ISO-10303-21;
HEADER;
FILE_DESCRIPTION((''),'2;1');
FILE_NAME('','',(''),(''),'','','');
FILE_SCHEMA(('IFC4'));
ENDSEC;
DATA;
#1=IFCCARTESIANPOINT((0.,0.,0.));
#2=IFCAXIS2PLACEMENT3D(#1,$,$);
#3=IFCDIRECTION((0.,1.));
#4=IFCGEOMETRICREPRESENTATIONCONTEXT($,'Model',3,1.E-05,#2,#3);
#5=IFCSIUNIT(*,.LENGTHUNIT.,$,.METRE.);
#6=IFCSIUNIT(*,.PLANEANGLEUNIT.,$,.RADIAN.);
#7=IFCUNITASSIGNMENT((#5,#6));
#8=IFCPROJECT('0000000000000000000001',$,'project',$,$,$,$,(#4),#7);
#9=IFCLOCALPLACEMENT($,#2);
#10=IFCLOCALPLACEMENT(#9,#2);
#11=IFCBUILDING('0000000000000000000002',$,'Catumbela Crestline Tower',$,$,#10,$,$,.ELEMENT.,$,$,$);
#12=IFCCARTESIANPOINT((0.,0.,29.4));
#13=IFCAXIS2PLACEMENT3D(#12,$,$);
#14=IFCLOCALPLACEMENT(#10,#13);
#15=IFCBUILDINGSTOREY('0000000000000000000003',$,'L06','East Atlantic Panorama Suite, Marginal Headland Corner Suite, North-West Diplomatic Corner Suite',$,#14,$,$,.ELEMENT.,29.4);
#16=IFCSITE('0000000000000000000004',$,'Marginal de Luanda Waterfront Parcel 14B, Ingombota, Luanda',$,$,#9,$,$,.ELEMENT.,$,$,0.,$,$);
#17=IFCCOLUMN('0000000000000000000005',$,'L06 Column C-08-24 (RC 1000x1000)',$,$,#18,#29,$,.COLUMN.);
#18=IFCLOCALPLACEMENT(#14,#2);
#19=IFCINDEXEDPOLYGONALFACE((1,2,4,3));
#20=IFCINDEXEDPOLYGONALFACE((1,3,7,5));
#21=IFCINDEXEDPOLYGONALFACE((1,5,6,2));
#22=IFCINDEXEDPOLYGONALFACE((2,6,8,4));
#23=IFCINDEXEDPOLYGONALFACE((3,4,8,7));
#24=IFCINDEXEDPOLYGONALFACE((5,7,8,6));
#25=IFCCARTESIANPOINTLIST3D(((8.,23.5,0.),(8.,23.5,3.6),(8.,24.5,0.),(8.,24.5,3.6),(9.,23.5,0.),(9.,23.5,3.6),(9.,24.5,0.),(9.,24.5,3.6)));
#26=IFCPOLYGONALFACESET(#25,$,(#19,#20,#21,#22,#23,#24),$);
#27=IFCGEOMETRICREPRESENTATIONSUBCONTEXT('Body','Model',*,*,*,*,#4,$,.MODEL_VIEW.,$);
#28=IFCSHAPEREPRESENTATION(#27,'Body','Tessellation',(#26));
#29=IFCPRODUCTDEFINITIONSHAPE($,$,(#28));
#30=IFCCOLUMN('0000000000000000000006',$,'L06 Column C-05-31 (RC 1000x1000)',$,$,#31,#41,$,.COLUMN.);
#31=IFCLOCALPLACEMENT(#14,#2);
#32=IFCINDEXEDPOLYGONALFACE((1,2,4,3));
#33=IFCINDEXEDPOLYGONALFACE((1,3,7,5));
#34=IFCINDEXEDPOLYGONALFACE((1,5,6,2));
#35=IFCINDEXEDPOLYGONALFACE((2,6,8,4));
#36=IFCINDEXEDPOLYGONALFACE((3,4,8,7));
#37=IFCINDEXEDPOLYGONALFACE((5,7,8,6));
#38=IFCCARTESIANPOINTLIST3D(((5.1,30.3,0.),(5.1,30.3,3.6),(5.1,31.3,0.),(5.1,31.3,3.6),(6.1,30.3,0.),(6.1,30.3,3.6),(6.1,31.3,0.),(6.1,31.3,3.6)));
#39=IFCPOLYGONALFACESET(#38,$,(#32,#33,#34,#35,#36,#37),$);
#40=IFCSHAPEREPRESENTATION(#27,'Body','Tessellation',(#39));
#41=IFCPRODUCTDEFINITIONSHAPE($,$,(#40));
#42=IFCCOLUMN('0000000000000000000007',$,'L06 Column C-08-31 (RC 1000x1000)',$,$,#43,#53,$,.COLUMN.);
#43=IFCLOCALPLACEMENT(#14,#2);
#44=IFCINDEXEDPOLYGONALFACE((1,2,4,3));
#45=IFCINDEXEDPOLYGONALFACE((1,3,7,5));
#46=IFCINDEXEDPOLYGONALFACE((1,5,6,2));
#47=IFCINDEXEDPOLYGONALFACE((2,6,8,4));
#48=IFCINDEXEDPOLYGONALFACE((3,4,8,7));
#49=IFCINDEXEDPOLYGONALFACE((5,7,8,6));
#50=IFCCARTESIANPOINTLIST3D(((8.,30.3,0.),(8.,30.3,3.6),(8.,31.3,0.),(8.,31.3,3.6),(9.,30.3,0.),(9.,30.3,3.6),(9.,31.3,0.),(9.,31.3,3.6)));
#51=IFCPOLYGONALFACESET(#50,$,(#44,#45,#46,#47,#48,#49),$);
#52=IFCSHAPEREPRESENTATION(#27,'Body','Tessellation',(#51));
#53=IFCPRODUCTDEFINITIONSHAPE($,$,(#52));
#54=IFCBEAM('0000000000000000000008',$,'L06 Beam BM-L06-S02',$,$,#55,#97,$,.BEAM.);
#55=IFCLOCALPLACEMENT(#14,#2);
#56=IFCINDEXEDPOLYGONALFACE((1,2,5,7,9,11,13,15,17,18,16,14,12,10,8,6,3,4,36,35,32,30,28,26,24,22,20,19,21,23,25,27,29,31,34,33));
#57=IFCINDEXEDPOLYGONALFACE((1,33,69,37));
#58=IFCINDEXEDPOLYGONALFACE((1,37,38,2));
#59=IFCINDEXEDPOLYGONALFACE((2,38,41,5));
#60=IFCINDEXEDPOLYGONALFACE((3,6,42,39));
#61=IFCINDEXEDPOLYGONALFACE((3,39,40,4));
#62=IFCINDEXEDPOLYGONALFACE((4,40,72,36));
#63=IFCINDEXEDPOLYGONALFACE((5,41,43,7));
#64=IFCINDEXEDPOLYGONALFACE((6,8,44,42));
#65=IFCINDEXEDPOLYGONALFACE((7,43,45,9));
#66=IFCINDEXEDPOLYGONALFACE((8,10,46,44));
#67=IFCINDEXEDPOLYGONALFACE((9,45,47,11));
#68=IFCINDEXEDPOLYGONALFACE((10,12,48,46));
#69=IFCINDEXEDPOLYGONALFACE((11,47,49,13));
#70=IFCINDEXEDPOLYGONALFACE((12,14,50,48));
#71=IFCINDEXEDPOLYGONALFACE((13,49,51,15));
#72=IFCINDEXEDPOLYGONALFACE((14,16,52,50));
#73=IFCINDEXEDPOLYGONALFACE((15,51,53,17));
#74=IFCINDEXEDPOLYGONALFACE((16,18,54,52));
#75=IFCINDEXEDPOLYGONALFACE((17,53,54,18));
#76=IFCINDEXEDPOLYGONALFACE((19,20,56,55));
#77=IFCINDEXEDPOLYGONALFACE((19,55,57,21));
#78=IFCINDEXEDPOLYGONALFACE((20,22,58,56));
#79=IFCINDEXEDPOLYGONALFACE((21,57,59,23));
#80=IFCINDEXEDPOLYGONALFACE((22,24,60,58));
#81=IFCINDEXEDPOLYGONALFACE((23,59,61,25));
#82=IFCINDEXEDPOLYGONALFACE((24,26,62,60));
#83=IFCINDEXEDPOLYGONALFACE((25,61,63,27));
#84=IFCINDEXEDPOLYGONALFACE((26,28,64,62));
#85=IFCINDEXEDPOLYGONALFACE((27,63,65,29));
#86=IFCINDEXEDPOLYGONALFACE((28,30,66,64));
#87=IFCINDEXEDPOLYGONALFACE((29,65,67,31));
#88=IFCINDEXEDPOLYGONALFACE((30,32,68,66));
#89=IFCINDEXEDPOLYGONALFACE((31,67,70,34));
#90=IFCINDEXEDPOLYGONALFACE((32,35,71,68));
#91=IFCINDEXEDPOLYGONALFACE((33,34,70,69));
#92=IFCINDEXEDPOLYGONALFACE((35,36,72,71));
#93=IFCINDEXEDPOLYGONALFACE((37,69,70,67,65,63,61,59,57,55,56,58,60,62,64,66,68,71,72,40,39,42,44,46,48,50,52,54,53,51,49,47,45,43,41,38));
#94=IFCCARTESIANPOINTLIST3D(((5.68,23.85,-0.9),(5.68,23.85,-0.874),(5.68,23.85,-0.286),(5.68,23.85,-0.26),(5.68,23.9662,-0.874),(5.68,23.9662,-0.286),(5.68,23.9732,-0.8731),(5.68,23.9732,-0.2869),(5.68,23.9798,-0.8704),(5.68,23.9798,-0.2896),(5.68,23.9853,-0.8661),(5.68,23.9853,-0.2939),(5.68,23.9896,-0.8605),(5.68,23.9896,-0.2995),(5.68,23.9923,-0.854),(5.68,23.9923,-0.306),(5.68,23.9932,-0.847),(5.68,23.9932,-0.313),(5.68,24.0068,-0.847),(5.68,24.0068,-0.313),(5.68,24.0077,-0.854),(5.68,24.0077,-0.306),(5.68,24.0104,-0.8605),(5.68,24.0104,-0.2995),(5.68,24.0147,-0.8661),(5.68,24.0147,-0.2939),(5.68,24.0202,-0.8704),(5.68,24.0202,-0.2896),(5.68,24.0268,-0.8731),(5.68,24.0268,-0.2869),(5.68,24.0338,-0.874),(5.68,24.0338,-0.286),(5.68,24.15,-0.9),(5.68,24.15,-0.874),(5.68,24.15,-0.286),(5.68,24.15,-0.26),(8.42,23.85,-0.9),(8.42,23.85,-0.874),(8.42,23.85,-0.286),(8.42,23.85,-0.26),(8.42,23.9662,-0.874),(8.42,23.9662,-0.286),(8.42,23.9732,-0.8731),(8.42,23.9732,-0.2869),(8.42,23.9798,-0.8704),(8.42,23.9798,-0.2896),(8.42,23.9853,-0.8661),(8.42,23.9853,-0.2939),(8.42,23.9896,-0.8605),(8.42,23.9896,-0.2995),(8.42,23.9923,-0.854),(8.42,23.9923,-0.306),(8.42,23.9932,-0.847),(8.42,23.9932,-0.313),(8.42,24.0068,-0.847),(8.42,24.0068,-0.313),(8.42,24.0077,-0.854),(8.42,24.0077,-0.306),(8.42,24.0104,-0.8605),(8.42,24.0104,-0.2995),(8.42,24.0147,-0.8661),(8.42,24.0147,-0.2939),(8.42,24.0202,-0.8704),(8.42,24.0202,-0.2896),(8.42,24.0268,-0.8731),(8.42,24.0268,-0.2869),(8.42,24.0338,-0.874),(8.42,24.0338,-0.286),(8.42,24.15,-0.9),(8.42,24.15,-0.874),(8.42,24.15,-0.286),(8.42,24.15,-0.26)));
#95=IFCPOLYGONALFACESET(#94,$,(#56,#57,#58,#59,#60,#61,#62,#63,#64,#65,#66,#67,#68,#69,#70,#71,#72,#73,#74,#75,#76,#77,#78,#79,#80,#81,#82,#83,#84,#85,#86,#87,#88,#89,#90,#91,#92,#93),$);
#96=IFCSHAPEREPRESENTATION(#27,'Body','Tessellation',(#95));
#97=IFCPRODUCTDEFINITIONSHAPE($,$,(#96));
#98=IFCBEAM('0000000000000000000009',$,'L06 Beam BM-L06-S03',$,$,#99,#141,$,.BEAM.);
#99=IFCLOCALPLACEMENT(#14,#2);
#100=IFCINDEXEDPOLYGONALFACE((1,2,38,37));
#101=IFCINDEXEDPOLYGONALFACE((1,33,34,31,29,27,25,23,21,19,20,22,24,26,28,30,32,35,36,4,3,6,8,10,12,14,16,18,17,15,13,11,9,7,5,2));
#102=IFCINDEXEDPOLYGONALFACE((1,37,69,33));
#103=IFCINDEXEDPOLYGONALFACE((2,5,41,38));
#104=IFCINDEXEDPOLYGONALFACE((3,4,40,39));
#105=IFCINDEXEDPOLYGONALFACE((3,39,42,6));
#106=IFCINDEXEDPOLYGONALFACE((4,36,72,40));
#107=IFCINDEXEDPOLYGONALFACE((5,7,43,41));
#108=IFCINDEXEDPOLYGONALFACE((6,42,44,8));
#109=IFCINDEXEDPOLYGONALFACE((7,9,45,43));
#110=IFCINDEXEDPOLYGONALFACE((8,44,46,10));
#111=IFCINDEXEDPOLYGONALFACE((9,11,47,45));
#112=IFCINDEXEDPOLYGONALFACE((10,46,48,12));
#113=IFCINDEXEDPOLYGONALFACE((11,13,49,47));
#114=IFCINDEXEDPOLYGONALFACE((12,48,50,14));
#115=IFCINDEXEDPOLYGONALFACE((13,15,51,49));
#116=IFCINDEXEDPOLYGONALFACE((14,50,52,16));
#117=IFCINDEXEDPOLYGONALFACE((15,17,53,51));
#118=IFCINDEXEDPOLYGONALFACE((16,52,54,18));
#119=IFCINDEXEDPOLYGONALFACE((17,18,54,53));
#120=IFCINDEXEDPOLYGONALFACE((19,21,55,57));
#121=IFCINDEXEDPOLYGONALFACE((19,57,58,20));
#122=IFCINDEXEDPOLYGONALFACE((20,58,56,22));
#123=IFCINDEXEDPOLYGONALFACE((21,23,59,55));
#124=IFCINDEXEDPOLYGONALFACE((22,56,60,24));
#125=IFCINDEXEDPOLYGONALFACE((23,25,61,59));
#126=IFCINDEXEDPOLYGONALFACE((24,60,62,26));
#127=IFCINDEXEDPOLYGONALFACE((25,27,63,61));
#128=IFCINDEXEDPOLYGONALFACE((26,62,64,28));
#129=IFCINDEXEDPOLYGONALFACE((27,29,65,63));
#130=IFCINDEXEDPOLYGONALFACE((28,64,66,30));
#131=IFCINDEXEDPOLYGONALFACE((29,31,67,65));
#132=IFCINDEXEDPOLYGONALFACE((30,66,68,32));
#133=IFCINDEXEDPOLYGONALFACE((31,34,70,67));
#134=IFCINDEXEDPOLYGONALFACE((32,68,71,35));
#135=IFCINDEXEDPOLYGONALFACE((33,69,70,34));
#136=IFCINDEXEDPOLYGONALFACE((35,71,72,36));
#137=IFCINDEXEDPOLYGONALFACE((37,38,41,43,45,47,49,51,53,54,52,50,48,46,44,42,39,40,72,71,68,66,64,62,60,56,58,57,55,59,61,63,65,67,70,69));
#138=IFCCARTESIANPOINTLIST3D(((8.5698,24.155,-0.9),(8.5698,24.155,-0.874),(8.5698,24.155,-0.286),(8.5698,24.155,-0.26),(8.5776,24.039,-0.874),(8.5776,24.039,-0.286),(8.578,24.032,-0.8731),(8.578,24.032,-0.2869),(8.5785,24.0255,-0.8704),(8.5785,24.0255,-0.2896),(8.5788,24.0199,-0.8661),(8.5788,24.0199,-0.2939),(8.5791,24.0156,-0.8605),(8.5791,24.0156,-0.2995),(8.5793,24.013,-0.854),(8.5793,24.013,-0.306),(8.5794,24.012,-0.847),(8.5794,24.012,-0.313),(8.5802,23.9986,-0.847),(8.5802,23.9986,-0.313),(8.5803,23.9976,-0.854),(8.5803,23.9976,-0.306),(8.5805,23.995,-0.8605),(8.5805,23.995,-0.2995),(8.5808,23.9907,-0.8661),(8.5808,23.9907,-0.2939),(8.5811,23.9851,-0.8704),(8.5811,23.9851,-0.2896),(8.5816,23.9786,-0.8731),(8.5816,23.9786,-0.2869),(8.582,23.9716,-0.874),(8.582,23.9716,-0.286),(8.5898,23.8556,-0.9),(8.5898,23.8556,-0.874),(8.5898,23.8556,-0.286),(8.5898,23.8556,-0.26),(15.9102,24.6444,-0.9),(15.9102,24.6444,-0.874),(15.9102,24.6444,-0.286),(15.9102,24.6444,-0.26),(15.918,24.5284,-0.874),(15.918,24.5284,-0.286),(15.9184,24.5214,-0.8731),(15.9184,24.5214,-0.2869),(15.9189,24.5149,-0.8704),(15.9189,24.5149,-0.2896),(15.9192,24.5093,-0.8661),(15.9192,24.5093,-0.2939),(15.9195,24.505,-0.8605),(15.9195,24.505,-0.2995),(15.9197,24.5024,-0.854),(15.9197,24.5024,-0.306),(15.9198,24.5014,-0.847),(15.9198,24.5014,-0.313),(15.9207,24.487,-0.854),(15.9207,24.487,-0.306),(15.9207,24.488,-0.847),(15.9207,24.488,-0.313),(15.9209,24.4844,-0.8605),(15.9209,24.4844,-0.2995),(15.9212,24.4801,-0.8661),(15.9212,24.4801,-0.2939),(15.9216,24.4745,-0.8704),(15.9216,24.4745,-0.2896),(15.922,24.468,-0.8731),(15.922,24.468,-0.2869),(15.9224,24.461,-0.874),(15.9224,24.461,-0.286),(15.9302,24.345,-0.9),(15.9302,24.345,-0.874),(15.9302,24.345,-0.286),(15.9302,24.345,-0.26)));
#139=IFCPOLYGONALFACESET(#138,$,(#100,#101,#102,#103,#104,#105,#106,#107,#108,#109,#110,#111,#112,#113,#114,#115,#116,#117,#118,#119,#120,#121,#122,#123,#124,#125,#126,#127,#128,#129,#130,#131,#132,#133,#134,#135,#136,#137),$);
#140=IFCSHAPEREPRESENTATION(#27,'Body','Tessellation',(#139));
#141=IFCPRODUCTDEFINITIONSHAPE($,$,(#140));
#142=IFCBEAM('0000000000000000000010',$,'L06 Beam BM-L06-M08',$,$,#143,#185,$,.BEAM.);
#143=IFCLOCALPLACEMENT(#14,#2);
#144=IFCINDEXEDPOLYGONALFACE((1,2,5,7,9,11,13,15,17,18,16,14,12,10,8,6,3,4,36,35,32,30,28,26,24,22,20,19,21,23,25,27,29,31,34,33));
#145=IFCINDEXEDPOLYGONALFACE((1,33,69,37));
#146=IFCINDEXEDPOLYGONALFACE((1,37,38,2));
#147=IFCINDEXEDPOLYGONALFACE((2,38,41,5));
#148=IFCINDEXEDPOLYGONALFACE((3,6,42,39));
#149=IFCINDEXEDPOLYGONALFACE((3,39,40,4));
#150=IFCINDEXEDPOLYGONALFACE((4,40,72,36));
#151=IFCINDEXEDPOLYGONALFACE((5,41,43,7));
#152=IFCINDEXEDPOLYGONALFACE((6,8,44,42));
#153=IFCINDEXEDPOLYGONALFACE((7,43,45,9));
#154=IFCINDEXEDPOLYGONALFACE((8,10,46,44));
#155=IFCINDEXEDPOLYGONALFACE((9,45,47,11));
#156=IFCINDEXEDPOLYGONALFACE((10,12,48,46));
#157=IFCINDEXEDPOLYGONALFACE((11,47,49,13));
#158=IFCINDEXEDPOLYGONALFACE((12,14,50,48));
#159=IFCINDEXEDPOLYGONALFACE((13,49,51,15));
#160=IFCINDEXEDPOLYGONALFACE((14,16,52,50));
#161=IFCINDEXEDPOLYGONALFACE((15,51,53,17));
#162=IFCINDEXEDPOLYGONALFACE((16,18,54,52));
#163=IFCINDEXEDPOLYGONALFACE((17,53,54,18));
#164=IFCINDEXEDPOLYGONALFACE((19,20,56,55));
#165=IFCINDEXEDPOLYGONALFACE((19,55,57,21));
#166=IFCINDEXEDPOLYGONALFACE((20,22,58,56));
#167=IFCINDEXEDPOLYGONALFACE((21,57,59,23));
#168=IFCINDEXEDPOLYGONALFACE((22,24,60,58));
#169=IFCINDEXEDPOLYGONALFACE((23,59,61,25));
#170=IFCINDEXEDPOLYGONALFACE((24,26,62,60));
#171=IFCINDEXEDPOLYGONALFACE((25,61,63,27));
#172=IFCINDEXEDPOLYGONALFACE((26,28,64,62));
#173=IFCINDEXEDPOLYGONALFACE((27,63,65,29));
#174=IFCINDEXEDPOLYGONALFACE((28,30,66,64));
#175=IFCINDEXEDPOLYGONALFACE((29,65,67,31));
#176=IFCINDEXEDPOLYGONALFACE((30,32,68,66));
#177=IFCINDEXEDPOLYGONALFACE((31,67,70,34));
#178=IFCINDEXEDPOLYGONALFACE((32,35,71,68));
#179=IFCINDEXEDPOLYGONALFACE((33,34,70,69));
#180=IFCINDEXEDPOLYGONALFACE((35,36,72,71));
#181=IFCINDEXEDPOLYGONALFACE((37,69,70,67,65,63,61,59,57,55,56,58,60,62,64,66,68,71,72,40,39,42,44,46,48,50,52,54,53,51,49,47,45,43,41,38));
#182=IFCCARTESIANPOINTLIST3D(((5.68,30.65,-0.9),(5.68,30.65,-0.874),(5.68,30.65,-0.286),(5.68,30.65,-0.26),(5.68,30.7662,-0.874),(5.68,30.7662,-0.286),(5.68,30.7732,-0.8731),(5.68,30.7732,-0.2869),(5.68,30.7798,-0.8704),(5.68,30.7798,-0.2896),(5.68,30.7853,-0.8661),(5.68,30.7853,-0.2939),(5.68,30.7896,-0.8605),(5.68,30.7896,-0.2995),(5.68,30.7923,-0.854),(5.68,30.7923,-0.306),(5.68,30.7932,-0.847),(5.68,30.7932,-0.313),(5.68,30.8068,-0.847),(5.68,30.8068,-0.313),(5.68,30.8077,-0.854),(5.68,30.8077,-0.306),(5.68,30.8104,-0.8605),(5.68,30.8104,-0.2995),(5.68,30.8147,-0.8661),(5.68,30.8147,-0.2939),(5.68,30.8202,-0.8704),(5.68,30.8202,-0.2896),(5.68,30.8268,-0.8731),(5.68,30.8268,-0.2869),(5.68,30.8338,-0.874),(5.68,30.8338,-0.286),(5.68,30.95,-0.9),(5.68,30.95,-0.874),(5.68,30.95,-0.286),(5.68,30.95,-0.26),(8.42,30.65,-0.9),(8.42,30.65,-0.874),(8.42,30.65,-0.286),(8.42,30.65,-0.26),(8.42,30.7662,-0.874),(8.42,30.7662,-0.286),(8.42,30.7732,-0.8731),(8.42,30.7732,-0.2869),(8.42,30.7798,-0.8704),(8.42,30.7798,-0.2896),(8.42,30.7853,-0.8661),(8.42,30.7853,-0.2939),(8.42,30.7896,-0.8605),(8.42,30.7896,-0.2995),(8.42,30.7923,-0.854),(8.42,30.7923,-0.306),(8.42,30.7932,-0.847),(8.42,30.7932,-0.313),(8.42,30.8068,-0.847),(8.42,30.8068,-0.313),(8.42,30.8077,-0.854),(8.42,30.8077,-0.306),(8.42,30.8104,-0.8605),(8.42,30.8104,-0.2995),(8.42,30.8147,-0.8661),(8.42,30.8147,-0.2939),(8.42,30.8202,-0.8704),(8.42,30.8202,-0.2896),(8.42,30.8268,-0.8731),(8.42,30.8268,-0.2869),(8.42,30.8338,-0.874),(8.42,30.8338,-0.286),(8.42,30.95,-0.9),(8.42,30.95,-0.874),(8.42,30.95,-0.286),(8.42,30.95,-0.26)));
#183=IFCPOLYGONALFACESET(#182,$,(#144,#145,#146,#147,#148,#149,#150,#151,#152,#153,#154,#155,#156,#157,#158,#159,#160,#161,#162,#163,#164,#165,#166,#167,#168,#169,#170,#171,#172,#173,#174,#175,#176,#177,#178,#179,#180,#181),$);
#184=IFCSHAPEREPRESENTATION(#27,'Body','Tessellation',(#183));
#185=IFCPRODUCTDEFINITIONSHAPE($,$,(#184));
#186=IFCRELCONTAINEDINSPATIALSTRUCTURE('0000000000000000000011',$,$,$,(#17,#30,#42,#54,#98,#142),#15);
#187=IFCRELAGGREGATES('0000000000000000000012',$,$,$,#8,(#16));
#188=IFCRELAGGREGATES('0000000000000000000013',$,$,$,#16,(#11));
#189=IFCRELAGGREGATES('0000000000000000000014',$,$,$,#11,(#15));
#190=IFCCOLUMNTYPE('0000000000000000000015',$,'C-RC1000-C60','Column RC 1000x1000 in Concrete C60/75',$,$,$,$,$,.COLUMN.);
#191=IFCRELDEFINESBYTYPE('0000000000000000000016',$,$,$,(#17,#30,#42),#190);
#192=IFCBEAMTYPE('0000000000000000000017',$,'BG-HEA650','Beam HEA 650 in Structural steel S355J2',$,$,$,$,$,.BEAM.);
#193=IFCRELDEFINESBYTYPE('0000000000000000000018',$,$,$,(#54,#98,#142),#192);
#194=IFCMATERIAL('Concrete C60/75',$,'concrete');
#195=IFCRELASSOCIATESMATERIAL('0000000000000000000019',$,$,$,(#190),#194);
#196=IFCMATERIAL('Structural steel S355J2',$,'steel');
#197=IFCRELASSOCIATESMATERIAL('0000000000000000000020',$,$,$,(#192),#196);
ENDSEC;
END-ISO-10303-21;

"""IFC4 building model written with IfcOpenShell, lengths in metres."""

from ifc_helpers import new_model, si_unit, direction, frame, origin, origin_2d, place, context, subcontext, project, spatial, rectangle, i_section, extrude, material, material_profile, profile_set, type_object, element, save


model = new_model("IFC4")

# Units and contexts
model_context = context("Model", 3, precision=1e-05, world=origin(), true_north=direction((0.0, 1.0)))
body_context = subcontext(model_context, "Body", "Model", "MODEL_VIEW")
ifc_project = project(units=[si_unit("LENGTHUNIT", "METRE"), si_unit("PLANEANGLEUNIT", "RADIAN")], contexts=[model_context])

# Site, building, storey
site_placement = place(None, origin())
site = spatial("IfcSite", under=ifc_project, at=site_placement, Name="Marginal de Luanda Waterfront Parcel 14B, Ingombota, Luanda", CompositionType="ELEMENT", RefElevation=0.0)
building_placement = place(site_placement, origin())
building = spatial("IfcBuilding", under=site, at=building_placement, Name="Catumbela Crestline Tower", CompositionType="ELEMENT")
storey_placement = place(building_placement, frame((0.0, 0.0, 29.4)))
storey = spatial("IfcBuildingStorey", under=building, at=storey_placement, Name="L06", Description="East Atlantic Panorama Suite, Marginal Headland Corner Suite, North-West Diplomatic Corner Suite", CompositionType="ELEMENT", Elevation=29.4)

# Columns
ifc_material_1 = material(Name="Concrete C60/75", Category="concrete")
ifc_material_profile_1 = material_profile(ifc_material_1, rectangle(XDim=1.0, YDim=1.0, at=origin_2d()), Name="RC 1000x1000")
ifc_profile_set_1 = profile_set([ifc_material_profile_1], Name="Concrete C60/75")
column_type = type_object("IfcColumnType", Name="C-RC1000-C60", Description="Column RC 1000x1000 in Concrete C60/75", PredefinedType="COLUMN", material=ifc_profile_set_1)
for number, where, z_axis, x_axis, name in (
    (1, (8.5, 24.0, 0.0), (0.0, 0.0, 1.0), (1.0, 0.0, 0.0), "L06 Column C-08-24 (RC 1000x1000)"),
    (2, (5.6, 30.8, 0.0), (0.0, 0.0, 1.0), (1.0, 0.0, 0.0), "L06 Column C-05-31 (RC 1000x1000)"),
    (3, (8.5, 30.8, 0.0), (0.0, 0.0, 1.0), (1.0, 0.0, 0.0), "L06 Column C-08-31 (RC 1000x1000)"),
):
    element("IfcColumn", number, at=place(storey_placement, frame(where, z_axis=z_axis, x_axis=x_axis)), inside=storey, type_object=column_type, Name=name, PredefinedType="COLUMN", context=body_context, shape_type="SweptSolid", body=[
        extrude(rectangle(XDim=1.0, YDim=1.0, at=origin_2d()), origin(), (0.0, 0.0, 1.0), 3.6),
    ])

# Beams
ifc_material_2 = material(Name="Structural steel S355J2", Category="steel")
ifc_material_profile_2 = material_profile(ifc_material_2, i_section(OverallWidth=0.3, OverallDepth=0.64, WebThickness=0.0135, FlangeThickness=0.026, FilletRadius=0.027, at=origin_2d()), Name="HEA 650")
ifc_profile_set_2 = profile_set([ifc_material_profile_2], Name="Structural steel S355J2")
beam_type = type_object("IfcBeamType", Name="BG-HEA650", Description="Beam HEA 650 in Structural steel S355J2", PredefinedType="BEAM", material=ifc_profile_set_2)
beam_1_placement = place(storey_placement, frame((5.68, 24.0, -0.58), z_axis=(1.0, 0.0, 0.0), x_axis=(0.0, 1.0, 0.0)))
element("IfcBeam", 4, at=beam_1_placement, inside=storey, type_object=beam_type, Name="L06 Beam BM-L06-S02", PredefinedType="BEAM", context=body_context, shape_type="SweptSolid", body=[
    extrude(i_section(OverallWidth=0.3, OverallDepth=0.64, WebThickness=0.0135, FlangeThickness=0.026, FilletRadius=0.027, at=origin_2d()), origin(), (0.0, 0.0, 1.0), 2.74),
])
beam_2_placement = place(storey_placement, frame((8.5798, 24.0053, -0.58), z_axis=(0.997785, 0.066524, 0.0), x_axis=(-0.066524, 0.997785, 0.0)))
element("IfcBeam", 5, at=beam_2_placement, inside=storey, type_object=beam_type, Name="L06 Beam BM-L06-S03", PredefinedType="BEAM", context=body_context, shape_type="SweptSolid", body=[
    extrude(i_section(OverallWidth=0.3, OverallDepth=0.64, WebThickness=0.0135, FlangeThickness=0.026, FilletRadius=0.027, at=origin_2d()), origin(), (0.0, 0.0, 1.0), 7.3567),
])
beam_3_placement = place(storey_placement, frame((5.68, 30.8, -0.58), z_axis=(1.0, 0.0, 0.0), x_axis=(0.0, 1.0, 0.0)))
element("IfcBeam", 6, at=beam_3_placement, inside=storey, type_object=beam_type, Name="L06 Beam BM-L06-M08", PredefinedType="BEAM", context=body_context, shape_type="SweptSolid", body=[
    extrude(i_section(OverallWidth=0.3, OverallDepth=0.64, WebThickness=0.0135, FlangeThickness=0.026, FilletRadius=0.027, at=origin_2d()), origin(), (0.0, 0.0, 1.0), 2.74),
])

save(model, "model.ifc")
